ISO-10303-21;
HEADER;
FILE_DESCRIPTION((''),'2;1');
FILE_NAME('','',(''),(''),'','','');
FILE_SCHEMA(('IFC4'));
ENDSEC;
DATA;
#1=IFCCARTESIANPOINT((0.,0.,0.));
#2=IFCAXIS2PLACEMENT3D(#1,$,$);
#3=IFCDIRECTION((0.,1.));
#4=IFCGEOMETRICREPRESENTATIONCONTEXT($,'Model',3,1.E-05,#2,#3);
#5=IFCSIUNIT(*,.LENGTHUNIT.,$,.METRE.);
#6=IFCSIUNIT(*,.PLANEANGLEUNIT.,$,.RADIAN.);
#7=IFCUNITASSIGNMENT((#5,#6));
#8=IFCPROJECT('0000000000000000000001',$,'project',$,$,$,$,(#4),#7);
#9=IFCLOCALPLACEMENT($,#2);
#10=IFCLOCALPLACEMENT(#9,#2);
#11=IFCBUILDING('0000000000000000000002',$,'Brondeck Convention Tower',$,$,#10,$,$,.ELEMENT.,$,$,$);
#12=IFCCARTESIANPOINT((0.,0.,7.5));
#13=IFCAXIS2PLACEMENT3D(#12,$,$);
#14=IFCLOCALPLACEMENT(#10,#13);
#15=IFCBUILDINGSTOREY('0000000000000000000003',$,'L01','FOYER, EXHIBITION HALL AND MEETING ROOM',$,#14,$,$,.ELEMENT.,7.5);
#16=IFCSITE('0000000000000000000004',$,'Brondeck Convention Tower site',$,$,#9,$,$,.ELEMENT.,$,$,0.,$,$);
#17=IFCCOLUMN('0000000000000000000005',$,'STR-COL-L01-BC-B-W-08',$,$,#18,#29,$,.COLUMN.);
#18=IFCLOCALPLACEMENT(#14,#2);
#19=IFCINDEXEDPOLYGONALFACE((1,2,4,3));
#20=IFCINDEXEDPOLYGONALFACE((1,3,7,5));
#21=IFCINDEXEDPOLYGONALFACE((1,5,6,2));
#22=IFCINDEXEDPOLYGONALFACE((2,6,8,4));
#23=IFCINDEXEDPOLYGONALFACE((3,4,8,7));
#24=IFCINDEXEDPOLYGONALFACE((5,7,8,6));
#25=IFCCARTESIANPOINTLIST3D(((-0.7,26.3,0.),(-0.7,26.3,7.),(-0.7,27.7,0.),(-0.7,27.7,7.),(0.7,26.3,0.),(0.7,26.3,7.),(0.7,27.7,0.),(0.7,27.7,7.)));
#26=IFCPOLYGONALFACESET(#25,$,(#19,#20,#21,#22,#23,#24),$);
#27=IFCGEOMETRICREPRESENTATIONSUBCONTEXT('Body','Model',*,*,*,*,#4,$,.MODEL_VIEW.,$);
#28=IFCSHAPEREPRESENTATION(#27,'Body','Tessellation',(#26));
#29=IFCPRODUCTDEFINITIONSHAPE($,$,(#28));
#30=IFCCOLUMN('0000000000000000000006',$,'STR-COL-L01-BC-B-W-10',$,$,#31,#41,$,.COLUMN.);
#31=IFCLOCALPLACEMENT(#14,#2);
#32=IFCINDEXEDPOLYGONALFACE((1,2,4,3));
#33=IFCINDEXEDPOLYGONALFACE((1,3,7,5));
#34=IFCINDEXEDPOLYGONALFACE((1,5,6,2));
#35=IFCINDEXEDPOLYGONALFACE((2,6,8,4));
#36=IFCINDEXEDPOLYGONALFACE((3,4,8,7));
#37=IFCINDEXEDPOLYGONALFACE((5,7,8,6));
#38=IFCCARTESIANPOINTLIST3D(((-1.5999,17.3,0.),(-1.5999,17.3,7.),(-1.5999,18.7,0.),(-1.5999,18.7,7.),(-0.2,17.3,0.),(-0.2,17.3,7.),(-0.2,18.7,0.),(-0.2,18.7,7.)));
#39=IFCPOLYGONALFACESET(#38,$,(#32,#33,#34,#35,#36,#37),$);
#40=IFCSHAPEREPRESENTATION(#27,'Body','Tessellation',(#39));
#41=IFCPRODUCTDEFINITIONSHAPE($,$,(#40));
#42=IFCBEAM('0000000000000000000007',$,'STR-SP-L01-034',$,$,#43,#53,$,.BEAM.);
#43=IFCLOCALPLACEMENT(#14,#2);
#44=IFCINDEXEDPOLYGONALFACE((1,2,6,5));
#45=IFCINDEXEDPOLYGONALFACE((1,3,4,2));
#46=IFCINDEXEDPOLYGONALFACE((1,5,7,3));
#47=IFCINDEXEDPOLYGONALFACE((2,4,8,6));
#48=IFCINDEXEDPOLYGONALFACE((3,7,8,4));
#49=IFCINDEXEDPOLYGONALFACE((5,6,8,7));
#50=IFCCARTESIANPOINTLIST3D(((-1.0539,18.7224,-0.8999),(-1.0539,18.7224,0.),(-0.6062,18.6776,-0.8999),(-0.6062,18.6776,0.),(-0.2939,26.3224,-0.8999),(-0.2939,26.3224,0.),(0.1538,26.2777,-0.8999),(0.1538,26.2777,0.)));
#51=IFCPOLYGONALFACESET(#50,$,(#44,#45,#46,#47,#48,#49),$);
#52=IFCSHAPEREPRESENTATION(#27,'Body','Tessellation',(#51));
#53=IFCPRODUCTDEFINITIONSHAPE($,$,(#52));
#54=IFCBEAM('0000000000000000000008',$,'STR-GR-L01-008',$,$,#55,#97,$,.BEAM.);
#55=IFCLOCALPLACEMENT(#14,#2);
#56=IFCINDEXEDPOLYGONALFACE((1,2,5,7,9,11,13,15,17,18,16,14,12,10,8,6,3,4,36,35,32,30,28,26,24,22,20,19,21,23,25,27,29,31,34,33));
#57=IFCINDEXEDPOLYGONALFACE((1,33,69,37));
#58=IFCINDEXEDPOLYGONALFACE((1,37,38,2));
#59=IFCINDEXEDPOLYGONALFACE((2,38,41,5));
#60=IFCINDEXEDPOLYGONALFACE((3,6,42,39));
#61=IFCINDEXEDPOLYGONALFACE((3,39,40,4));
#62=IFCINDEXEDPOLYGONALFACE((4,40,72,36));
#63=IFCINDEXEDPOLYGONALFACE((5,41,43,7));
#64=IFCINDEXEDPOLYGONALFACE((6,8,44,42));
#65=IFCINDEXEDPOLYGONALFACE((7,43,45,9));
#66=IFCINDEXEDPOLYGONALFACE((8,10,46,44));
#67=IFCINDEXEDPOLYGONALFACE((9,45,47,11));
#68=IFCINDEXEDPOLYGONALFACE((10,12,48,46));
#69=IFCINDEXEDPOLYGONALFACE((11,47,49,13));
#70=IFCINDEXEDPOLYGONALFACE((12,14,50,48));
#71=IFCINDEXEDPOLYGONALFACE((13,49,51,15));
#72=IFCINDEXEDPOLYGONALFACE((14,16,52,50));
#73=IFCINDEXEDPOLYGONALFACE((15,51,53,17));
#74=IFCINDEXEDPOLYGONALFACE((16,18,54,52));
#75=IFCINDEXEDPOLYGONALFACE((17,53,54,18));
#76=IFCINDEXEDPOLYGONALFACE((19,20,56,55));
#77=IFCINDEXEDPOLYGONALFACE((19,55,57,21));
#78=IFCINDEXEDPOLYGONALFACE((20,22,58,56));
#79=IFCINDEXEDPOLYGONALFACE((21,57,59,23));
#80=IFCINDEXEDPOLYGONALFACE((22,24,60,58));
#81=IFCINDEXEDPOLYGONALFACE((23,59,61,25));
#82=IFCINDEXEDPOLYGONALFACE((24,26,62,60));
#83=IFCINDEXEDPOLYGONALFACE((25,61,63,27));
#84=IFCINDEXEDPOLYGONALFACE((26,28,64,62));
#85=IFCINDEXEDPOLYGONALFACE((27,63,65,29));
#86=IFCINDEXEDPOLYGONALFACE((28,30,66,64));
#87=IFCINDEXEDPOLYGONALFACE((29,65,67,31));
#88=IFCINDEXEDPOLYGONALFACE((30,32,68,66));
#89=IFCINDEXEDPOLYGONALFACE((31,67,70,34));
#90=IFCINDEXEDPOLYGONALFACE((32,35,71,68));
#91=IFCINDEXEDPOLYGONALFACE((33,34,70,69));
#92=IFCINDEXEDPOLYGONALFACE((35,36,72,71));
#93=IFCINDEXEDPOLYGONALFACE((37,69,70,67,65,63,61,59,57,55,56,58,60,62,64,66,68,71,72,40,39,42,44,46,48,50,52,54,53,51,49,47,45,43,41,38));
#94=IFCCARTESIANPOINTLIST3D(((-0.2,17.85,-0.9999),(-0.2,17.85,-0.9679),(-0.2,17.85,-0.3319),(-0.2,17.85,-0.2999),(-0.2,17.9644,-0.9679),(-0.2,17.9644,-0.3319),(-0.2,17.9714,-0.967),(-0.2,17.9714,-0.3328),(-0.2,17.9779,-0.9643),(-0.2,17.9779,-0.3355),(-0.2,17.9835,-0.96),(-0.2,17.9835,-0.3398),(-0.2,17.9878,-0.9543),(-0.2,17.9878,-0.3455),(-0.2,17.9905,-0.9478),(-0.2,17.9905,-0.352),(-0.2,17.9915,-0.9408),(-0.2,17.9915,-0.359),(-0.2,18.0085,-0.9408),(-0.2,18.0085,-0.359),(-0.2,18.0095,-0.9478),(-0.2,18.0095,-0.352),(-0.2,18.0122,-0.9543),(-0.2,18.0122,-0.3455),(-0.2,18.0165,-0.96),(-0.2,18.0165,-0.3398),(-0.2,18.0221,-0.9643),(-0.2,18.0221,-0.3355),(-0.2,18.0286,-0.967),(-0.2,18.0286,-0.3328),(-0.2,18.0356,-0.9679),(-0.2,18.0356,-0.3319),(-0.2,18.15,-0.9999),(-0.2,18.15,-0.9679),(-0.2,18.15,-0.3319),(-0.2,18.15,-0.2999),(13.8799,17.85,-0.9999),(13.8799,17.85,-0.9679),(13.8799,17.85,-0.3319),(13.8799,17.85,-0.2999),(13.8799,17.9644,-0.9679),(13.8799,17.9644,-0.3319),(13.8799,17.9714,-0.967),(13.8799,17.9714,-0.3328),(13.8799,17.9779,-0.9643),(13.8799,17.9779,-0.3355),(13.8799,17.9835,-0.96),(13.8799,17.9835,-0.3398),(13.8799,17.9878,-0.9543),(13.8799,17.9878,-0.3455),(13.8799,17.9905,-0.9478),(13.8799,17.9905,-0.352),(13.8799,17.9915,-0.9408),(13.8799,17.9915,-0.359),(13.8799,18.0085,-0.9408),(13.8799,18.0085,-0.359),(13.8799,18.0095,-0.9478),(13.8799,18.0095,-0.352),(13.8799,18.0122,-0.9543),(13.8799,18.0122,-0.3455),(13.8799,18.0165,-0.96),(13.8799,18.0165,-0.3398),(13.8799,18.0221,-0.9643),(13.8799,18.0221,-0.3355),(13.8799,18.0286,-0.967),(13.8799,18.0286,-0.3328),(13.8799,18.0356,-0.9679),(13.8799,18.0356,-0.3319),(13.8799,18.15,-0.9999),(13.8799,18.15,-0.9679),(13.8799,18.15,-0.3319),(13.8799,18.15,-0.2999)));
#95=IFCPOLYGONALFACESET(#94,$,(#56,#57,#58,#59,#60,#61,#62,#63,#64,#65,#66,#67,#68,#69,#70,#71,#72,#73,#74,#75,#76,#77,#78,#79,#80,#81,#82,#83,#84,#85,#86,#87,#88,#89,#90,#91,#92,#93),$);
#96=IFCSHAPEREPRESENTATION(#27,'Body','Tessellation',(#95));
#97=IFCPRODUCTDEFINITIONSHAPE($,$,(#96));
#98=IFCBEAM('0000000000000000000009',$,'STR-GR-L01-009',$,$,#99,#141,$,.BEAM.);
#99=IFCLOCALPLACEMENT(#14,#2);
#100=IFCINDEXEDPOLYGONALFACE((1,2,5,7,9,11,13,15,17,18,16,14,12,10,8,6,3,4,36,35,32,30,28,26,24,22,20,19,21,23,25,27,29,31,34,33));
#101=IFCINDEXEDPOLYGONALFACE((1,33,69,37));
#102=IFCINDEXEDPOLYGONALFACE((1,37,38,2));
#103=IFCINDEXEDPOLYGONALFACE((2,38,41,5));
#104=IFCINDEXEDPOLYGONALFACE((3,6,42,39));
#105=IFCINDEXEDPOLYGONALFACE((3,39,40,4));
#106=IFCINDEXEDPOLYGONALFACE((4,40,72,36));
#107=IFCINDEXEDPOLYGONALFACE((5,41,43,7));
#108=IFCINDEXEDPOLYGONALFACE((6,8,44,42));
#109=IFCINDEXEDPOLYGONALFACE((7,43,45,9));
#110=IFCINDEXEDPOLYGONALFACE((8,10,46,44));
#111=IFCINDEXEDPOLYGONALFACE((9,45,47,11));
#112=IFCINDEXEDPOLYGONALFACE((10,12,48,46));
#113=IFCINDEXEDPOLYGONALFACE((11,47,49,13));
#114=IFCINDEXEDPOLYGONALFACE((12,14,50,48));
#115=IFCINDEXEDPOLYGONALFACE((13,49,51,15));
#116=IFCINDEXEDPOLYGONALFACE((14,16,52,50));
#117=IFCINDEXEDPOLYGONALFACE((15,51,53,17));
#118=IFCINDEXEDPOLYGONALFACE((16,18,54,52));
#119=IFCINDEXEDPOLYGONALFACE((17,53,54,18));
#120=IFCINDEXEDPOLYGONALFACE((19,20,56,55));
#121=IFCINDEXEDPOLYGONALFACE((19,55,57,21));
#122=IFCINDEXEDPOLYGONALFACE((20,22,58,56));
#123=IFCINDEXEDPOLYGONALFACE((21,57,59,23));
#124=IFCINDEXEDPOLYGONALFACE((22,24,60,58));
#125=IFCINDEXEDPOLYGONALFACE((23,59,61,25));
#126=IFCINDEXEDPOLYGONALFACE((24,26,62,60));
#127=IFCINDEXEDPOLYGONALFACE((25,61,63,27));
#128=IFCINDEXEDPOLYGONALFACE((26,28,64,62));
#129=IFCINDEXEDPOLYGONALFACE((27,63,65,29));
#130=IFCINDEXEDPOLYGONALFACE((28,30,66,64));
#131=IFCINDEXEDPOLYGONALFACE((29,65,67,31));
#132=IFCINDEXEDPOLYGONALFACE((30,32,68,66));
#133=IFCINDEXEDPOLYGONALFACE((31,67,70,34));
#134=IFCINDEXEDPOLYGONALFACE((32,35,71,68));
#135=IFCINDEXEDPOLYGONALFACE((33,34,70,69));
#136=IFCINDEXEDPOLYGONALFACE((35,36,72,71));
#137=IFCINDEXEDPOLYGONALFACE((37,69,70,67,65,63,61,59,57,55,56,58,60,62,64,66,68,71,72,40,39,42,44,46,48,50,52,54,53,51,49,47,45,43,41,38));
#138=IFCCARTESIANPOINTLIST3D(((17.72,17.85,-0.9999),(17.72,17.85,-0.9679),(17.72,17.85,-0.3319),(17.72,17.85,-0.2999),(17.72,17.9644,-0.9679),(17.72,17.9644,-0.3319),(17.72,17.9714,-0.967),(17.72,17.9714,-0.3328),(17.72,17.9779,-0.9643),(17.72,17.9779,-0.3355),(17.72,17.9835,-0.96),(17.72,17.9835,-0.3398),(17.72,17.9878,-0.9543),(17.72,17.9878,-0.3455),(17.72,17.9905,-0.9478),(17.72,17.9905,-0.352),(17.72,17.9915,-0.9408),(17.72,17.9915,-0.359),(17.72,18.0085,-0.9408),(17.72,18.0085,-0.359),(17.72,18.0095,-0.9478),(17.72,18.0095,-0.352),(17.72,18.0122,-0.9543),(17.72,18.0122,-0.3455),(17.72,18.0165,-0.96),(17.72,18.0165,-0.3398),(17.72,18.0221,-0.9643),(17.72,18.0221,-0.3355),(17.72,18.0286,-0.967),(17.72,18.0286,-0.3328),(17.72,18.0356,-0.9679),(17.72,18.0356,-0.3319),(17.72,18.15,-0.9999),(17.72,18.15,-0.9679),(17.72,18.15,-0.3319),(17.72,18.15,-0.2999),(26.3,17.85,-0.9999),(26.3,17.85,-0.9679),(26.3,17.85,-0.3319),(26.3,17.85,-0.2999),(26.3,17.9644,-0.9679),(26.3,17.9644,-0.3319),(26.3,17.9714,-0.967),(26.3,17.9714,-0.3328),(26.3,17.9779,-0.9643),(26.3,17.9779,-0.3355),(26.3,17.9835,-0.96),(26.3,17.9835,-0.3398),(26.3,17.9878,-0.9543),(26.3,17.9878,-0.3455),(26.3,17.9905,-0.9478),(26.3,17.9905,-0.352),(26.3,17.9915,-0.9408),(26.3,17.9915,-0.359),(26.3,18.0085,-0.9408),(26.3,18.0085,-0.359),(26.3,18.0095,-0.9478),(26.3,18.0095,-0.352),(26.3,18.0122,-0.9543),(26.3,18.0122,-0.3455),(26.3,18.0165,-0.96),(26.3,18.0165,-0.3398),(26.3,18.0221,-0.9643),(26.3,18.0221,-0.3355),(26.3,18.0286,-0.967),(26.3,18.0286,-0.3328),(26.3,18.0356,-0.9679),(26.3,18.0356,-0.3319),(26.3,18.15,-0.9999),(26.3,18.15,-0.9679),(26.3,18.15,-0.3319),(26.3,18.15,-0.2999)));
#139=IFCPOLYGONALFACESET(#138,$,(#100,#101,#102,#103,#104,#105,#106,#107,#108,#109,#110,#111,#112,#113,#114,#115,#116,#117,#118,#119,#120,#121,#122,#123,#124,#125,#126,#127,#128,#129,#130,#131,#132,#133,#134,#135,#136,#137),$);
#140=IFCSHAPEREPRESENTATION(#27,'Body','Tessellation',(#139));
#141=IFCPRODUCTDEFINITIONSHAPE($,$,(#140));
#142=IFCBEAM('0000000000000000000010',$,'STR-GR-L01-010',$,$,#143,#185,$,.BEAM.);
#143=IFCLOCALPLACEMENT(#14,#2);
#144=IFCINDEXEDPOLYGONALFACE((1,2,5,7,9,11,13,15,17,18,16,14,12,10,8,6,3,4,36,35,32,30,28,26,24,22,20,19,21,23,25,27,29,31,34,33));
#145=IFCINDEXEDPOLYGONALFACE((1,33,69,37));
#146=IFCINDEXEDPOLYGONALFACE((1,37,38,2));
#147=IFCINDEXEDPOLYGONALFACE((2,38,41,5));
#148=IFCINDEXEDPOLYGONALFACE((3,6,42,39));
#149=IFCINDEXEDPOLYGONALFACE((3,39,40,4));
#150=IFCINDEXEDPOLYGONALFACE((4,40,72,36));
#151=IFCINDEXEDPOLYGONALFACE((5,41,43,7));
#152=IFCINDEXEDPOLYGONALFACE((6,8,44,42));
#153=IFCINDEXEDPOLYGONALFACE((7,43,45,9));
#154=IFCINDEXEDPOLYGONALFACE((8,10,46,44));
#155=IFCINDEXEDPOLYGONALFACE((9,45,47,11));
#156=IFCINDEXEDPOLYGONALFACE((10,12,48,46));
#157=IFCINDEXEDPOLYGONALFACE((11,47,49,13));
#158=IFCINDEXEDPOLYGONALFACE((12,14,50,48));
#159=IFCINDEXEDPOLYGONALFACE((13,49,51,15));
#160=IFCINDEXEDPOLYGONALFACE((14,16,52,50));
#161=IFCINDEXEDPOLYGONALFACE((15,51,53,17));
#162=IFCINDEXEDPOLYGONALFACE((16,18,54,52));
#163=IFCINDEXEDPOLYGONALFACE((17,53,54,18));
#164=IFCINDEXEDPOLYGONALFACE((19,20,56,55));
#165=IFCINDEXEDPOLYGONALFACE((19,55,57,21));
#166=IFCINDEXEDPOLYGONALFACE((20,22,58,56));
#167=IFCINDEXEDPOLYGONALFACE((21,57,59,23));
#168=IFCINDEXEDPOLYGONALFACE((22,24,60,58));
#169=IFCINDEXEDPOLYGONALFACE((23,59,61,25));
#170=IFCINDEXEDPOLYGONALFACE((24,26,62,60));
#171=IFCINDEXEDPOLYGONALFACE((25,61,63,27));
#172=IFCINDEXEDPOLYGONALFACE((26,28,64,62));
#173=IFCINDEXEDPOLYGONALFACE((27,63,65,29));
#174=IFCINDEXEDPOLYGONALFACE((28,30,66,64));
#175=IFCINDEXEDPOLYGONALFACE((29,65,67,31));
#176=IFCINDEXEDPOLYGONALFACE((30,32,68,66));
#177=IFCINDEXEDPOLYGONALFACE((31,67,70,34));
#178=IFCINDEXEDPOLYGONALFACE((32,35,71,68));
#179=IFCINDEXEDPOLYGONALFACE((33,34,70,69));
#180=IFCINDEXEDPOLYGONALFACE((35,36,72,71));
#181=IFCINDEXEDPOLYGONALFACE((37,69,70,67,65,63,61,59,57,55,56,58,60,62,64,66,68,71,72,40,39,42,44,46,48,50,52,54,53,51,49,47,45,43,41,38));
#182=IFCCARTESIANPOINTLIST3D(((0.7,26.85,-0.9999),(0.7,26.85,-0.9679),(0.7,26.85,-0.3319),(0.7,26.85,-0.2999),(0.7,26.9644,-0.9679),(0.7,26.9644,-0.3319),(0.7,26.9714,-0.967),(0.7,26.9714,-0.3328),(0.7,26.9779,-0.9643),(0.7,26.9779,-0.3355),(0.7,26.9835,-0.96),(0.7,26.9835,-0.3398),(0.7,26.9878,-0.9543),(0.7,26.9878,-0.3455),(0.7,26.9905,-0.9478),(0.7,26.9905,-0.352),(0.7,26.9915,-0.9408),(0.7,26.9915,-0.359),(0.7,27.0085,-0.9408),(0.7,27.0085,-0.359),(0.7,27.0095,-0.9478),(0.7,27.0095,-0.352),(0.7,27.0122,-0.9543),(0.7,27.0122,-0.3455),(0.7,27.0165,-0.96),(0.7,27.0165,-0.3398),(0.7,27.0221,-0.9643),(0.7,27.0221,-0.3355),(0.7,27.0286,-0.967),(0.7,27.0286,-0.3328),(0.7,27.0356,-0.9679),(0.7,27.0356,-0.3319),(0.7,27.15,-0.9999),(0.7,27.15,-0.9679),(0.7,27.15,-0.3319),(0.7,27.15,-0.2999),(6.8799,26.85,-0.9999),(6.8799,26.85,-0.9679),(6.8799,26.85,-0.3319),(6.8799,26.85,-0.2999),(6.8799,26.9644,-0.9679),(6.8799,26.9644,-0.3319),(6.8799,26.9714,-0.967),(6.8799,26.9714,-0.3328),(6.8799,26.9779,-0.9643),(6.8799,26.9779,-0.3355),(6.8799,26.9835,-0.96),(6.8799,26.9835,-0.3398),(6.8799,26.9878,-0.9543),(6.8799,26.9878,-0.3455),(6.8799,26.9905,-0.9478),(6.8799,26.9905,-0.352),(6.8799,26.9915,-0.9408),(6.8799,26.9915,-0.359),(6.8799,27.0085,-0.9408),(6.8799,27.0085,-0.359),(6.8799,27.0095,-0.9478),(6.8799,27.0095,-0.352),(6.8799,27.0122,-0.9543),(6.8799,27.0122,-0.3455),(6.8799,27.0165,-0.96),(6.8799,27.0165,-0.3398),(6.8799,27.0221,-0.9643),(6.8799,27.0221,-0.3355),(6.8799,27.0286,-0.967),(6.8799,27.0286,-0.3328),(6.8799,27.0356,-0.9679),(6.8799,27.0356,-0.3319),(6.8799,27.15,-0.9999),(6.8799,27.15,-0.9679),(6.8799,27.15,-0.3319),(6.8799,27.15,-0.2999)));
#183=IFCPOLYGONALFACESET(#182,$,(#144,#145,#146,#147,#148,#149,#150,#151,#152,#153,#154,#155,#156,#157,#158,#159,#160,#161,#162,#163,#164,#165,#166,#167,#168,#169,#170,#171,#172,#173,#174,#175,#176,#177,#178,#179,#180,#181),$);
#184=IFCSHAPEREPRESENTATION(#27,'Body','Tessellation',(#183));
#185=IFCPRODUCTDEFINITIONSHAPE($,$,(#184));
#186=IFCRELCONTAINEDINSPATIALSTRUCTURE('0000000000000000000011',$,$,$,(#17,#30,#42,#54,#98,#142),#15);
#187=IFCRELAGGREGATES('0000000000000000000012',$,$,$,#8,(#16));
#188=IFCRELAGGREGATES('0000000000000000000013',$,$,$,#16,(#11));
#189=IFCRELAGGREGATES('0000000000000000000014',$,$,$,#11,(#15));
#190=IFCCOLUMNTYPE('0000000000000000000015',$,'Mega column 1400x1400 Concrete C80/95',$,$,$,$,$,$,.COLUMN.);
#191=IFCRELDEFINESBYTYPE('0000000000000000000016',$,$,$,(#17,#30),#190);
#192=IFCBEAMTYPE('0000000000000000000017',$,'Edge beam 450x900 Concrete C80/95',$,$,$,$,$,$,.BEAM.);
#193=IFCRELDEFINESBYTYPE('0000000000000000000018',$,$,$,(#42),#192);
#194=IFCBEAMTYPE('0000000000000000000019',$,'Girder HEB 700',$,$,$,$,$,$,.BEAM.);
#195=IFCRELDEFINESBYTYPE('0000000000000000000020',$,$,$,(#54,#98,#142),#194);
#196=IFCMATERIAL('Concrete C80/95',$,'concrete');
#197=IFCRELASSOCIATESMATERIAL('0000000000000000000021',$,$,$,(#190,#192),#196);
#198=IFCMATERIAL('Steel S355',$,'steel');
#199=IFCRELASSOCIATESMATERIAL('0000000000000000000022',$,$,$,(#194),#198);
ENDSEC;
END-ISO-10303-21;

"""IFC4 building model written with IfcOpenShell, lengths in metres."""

from ifc_helpers import new_model, si_unit, direction, frame, origin, origin_2d, place, context, subcontext, project, spatial, rectangle, i_section, extrude, material, material_profile, profile_set, type_object, element, save


model = new_model("IFC4")

# Units and contexts
model_context = context("Model", 3, precision=1e-05, world=origin(), true_north=direction((0.0, 1.0)))
body_context = subcontext(model_context, "Body", "Model", "MODEL_VIEW")
ifc_project = project(units=[si_unit("LENGTHUNIT", "METRE"), si_unit("PLANEANGLEUNIT", "RADIAN")], contexts=[model_context])

# Site, building, storey
site_placement = place(None, origin())
site = spatial("IfcSite", under=ifc_project, at=site_placement, Name="Brondeck Convention Tower site", CompositionType="ELEMENT", RefElevation=0.0)
building_placement = place(site_placement, origin())
building = spatial("IfcBuilding", under=site, at=building_placement, Name="Brondeck Convention Tower", CompositionType="ELEMENT")
storey_placement = place(building_placement, frame((0.0, 0.0, 7.5)))
storey = spatial("IfcBuildingStorey", under=building, at=storey_placement, Name="L01", Description="FOYER, EXHIBITION HALL AND MEETING ROOM", CompositionType="ELEMENT", Elevation=7.5)

# Columns
ifc_material_1 = material(Name="Concrete C80/95", Category="concrete")
ifc_material_profile_1 = material_profile(ifc_material_1, rectangle(XDim=1.3999, YDim=1.3999, at=origin_2d()), Name="Mega column 1400x1400 Concrete C80/95")
ifc_profile_set_1 = profile_set([ifc_material_profile_1], Name="Concrete C80/95")
column_type = type_object("IfcColumnType", Name="Mega column 1400x1400 Concrete C80/95", PredefinedType="COLUMN", material=ifc_profile_set_1)
for number, where, z_axis, x_axis, name in (
    (1, (0.0, 27.0, 0.0), (0.0, 0.0, 1.0), (1.0, 0.0, 0.0), "STR-COL-L01-BC-B-W-08"),
    (2, (-0.8999, 18.0, 0.0), (0.0, 0.0, 1.0), (1.0, 0.0, 0.0), "STR-COL-L01-BC-B-W-10"),
):
    element("IfcColumn", number, at=place(storey_placement, frame(where, z_axis=z_axis, x_axis=x_axis)), inside=storey, type_object=column_type, Name=name, PredefinedType="COLUMN", context=body_context, shape_type="SweptSolid", body=[
        extrude(rectangle(XDim=1.3999, YDim=1.3999, at=origin_2d()), origin(), (0.0, 0.0, 1.0), 7.0),
    ])

# Beams
ifc_material_profile_2 = material_profile(ifc_material_1, rectangle(XDim=0.45, YDim=0.8999, at=origin_2d()), Name="Edge beam 450x900 Concrete C80/95")
ifc_profile_set_2 = profile_set([ifc_material_profile_2], Name="Concrete C80/95")
beam_type_1 = type_object("IfcBeamType", Name="Edge beam 450x900 Concrete C80/95", PredefinedType="BEAM", material=ifc_profile_set_2)
beam_1_placement = place(storey_placement, frame((-0.0701, 26.3, -0.45), z_axis=(-0.099504, -0.995037, 0.0), x_axis=(0.995037, -0.099504, 0.0)))
element("IfcBeam", 3, at=beam_1_placement, inside=storey, type_object=beam_type_1, Name="STR-SP-L01-034", PredefinedType="BEAM", context=body_context, shape_type="SweptSolid", body=[
    extrude(rectangle(XDim=0.45, YDim=0.8999, at=origin_2d()), origin(), (0.0, 0.0, 1.0), 7.6379),
])
ifc_material_2 = material(Name="Steel S355", Category="steel")
ifc_material_profile_3 = material_profile(ifc_material_2, i_section(OverallWidth=0.3, OverallDepth=0.7, WebThickness=0.0171, FlangeThickness=0.032, FilletRadius=0.0271, at=origin_2d()), Name="HEB 700")
ifc_profile_set_3 = profile_set([ifc_material_profile_3], Name="Steel S355")
beam_type_2 = type_object("IfcBeamType", Name="Girder HEB 700", PredefinedType="BEAM", material=ifc_profile_set_3)
beam_2_placement = place(storey_placement, frame((-0.2, 18.0, -0.6499), z_axis=(1.0, 0.0, 0.0), x_axis=(0.0, 1.0, 0.0)))
element("IfcBeam", 4, at=beam_2_placement, inside=storey, type_object=beam_type_2, Name="STR-GR-L01-008", PredefinedType="BEAM", context=body_context, shape_type="SweptSolid", body=[
    extrude(i_section(OverallWidth=0.3, OverallDepth=0.7, WebThickness=0.0171, FlangeThickness=0.032, FilletRadius=0.0271, at=origin_2d()), origin(), (0.0, 0.0, 1.0), 14.0798),
])
beam_3_placement = place(storey_placement, frame((17.72, 18.0, -0.6499), z_axis=(1.0, 0.0, 0.0), x_axis=(0.0, 1.0, 0.0)))
element("IfcBeam", 5, at=beam_3_placement, inside=storey, type_object=beam_type_2, Name="STR-GR-L01-009", PredefinedType="BEAM", context=body_context, shape_type="SweptSolid", body=[
    extrude(i_section(OverallWidth=0.3, OverallDepth=0.7, WebThickness=0.0171, FlangeThickness=0.032, FilletRadius=0.0271, at=origin_2d()), origin(), (0.0, 0.0, 1.0), 8.5801),
])
beam_4_placement = place(storey_placement, frame((0.7, 27.0, -0.6499), z_axis=(1.0, 0.0, 0.0), x_axis=(0.0, 1.0, 0.0)))
element("IfcBeam", 6, at=beam_4_placement, inside=storey, type_object=beam_type_2, Name="STR-GR-L01-010", PredefinedType="BEAM", context=body_context, shape_type="SweptSolid", body=[
    extrude(i_section(OverallWidth=0.3, OverallDepth=0.7, WebThickness=0.0171, FlangeThickness=0.032, FilletRadius=0.0271, at=origin_2d()), origin(), (0.0, 0.0, 1.0), 6.1799),
])

save(model, "model.ifc")
